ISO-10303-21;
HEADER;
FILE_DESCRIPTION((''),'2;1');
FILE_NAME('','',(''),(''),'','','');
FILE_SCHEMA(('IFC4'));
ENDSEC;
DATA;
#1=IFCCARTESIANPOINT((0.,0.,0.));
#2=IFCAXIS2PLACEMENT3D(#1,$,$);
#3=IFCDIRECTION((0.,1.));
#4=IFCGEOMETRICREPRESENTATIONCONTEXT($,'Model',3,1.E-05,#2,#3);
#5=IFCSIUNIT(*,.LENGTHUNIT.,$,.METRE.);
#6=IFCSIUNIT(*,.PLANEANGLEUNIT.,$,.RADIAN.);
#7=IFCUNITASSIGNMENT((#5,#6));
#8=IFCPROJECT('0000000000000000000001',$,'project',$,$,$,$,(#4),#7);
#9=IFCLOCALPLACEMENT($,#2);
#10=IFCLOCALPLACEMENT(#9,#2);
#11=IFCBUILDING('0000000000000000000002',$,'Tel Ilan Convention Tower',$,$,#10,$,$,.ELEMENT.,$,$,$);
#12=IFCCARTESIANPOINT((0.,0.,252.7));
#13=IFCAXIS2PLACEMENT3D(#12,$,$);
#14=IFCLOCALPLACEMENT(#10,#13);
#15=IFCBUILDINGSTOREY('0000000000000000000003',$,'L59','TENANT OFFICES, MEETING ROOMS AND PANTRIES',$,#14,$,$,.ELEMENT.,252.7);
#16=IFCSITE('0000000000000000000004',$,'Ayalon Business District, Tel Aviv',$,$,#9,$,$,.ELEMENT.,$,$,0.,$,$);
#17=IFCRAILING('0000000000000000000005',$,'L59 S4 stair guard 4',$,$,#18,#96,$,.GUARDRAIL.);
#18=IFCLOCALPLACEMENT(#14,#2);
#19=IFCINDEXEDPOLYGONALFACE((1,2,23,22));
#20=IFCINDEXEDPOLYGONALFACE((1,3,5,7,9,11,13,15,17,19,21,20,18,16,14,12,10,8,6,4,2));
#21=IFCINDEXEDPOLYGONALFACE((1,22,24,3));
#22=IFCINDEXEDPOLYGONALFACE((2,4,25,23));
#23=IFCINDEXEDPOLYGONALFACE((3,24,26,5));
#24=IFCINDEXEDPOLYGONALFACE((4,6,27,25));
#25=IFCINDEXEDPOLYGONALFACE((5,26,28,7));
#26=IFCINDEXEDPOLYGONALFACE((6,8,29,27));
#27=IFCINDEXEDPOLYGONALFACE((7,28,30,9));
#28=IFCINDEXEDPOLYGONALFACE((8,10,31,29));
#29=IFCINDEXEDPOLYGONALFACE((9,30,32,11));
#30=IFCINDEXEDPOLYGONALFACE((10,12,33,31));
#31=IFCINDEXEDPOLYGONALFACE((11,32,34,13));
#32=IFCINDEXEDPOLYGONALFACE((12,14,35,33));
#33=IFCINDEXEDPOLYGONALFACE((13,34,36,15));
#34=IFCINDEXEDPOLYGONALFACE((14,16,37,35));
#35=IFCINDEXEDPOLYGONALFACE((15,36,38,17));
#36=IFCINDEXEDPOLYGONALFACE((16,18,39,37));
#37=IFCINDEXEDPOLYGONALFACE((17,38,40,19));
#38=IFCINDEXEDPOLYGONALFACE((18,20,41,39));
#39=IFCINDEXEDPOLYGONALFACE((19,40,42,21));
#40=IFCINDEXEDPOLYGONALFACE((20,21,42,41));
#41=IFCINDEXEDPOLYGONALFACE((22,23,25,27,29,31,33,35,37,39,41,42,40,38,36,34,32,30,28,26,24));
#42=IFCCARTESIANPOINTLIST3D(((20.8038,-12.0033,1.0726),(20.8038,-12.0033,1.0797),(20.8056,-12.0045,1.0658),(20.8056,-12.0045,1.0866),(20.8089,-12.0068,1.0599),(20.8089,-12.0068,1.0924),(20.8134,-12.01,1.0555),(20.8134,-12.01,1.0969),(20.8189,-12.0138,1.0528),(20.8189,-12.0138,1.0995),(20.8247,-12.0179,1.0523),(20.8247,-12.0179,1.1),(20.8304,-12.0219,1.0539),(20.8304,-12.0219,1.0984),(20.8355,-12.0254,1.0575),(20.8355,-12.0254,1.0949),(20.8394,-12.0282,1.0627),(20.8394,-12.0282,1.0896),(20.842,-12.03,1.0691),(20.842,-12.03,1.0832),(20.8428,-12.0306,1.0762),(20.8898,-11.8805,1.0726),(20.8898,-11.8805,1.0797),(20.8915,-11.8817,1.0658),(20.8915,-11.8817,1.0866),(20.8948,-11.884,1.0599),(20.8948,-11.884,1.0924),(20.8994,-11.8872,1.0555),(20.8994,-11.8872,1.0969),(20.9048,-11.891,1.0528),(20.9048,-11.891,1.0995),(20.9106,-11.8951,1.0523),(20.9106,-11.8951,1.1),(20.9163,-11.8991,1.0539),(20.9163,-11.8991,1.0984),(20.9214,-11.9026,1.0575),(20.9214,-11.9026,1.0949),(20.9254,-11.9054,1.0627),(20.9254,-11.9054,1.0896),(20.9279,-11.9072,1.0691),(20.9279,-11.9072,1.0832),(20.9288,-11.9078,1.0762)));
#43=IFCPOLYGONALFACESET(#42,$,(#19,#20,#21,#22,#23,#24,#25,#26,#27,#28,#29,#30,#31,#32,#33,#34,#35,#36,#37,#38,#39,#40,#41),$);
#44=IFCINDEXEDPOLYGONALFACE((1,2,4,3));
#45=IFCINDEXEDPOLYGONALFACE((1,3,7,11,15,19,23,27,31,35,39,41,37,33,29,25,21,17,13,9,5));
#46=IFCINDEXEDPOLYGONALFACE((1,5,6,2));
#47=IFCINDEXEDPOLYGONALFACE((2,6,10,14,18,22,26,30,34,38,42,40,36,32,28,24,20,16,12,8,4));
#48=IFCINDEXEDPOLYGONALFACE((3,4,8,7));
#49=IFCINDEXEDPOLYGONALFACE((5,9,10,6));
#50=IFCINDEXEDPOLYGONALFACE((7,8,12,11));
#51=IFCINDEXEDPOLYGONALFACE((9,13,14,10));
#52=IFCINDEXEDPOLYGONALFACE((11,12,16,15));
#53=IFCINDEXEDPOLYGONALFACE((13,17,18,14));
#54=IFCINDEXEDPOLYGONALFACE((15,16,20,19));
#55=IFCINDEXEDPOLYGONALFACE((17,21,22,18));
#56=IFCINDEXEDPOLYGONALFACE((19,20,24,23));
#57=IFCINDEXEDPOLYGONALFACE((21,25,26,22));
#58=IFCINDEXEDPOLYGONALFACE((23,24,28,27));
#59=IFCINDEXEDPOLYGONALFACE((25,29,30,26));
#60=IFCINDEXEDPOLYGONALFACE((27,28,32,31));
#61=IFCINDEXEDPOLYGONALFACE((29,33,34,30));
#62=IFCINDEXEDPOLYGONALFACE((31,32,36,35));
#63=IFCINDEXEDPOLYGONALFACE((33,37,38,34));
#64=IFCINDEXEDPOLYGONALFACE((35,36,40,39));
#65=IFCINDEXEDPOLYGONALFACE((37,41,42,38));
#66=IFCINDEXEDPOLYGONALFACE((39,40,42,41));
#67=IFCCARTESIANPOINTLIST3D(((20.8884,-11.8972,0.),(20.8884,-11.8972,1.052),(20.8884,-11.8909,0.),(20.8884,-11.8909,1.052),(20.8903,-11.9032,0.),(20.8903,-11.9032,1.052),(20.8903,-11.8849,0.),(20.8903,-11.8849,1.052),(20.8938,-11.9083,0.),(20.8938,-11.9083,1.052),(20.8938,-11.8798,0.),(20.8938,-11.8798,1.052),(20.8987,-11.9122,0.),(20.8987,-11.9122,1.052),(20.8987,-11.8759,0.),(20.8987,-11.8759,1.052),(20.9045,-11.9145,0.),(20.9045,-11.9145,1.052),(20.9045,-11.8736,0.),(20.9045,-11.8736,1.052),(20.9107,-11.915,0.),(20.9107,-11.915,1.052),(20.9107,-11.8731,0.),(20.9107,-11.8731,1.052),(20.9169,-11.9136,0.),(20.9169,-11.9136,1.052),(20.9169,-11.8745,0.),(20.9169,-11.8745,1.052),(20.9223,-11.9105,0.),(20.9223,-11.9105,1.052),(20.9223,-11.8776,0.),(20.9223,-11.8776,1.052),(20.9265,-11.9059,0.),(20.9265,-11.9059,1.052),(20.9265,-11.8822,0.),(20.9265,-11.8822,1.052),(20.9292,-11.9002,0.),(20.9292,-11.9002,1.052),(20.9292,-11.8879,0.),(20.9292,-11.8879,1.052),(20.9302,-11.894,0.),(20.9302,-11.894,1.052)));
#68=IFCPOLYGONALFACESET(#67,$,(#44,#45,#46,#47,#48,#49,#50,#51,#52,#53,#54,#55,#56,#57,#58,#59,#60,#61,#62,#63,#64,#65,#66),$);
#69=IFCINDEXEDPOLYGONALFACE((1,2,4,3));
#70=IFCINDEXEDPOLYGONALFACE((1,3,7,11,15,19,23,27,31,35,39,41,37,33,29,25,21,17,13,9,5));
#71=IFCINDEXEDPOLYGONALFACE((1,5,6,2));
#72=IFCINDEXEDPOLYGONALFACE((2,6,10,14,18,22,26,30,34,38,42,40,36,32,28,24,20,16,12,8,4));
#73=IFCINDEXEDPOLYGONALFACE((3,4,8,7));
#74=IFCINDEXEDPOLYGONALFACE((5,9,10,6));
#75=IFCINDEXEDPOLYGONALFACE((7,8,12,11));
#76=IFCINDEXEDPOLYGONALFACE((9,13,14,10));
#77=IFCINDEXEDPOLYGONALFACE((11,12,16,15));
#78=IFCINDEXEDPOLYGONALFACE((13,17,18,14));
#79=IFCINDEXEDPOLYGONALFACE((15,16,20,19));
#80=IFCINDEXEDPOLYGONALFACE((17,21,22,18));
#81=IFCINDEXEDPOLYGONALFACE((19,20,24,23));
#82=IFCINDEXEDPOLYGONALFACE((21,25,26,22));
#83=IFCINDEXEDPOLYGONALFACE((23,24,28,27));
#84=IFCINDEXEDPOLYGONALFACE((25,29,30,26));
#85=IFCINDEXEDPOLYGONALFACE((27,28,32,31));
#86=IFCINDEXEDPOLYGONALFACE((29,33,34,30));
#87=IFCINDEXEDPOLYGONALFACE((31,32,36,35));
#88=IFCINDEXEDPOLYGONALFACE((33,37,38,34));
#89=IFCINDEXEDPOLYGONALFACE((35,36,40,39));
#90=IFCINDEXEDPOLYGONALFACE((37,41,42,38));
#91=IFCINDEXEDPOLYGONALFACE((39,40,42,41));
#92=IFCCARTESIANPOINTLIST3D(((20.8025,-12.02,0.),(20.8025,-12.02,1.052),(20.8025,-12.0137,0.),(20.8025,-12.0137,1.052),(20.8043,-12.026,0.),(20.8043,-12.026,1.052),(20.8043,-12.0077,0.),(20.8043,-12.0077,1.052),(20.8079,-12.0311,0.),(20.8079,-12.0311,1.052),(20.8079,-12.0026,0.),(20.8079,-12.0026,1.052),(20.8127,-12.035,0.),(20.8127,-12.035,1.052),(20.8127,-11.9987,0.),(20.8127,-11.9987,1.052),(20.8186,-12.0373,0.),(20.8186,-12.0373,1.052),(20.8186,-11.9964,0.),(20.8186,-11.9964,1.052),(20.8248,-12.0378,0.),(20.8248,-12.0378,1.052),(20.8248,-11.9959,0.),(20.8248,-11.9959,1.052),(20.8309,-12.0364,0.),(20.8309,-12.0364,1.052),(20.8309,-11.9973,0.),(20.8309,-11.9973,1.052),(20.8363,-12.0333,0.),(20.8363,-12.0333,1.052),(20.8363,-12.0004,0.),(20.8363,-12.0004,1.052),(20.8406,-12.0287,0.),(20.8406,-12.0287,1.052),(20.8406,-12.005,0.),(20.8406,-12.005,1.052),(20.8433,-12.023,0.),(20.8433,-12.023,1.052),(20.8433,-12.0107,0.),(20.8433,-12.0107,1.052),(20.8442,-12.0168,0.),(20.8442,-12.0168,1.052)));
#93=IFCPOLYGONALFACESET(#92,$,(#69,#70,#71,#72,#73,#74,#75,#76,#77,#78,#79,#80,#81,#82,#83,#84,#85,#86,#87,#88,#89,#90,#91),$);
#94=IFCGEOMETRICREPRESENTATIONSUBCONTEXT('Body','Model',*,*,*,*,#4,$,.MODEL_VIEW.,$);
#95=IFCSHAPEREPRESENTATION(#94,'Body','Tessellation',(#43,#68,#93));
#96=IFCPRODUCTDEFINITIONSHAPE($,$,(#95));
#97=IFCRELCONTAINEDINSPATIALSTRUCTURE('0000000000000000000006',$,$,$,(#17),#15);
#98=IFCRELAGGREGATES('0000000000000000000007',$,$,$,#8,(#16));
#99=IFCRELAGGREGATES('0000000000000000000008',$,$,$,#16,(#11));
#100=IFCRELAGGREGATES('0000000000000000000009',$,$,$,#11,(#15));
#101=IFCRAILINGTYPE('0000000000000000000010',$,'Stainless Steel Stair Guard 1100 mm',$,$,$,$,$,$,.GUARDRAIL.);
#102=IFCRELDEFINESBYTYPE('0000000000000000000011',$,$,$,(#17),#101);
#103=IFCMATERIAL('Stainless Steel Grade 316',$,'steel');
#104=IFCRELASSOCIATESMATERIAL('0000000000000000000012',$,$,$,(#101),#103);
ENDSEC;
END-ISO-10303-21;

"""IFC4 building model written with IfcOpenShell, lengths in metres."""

from ifc_helpers import new_model, si_unit, direction, frame, origin, origin_2d, place, context, subcontext, project, spatial, circle, extrude, material, type_object, element, save


model = new_model("IFC4")

# Units and contexts
model_context = context("Model", 3, precision=1e-05, world=origin(), true_north=direction((0.0, 1.0)))
body_context = subcontext(model_context, "Body", "Model", "MODEL_VIEW")
ifc_project = project(units=[si_unit("LENGTHUNIT", "METRE"), si_unit("PLANEANGLEUNIT", "RADIAN")], contexts=[model_context])

# Site, building, storey
site_placement = place(None, origin())
site = spatial("IfcSite", under=ifc_project, at=site_placement, Name="Ayalon Business District, Tel Aviv", CompositionType="ELEMENT", RefElevation=0.0)
building_placement = place(site_placement, origin())
building = spatial("IfcBuilding", under=site, at=building_placement, Name="Tel Ilan Convention Tower", CompositionType="ELEMENT")
storey_placement = place(building_placement, frame((0.0, 0.0, 252.7)))
storey = spatial("IfcBuildingStorey", under=building, at=storey_placement, Name="L59", Description="TENANT OFFICES, MEETING ROOMS AND PANTRIES", CompositionType="ELEMENT", Elevation=252.7)

# Railing
ifc_material_1 = material(Name="Stainless Steel Grade 316", Category="steel")
railing_type_1 = type_object("IfcRailingType", Name="Stainless Steel Stair Guard 1100 mm", PredefinedType="GUARDRAIL", material=ifc_material_1)
railing_1_placement = place(storey_placement, frame((20.9092, -11.894, 0.0)))
element("IfcRailing", 1, at=railing_1_placement, inside=storey, type_object=railing_type_1, Name="L59 S4 stair guard 4", PredefinedType="GUARDRAIL", context=body_context, shape_type="SweptSolid", body=[
    extrude(circle(Radius=0.0239, at=origin_2d()), frame((0.0, 0.0, 1.0762), z_axis=(-0.573353, -0.819308, 0.0), x_axis=(0.819308, -0.573353, 0.0)), (0.0, 0.0, 1.0), 0.1499),
    extrude(circle(Radius=0.021, at=origin_2d()), origin(), (0.0, 0.0, 1.0), 1.052),
    extrude(circle(Radius=0.021, at=origin_2d()), frame((-0.0859, -0.1228, 0.0)), (0.0, 0.0, 1.0), 1.052),
])

save(model, "model.ifc")
